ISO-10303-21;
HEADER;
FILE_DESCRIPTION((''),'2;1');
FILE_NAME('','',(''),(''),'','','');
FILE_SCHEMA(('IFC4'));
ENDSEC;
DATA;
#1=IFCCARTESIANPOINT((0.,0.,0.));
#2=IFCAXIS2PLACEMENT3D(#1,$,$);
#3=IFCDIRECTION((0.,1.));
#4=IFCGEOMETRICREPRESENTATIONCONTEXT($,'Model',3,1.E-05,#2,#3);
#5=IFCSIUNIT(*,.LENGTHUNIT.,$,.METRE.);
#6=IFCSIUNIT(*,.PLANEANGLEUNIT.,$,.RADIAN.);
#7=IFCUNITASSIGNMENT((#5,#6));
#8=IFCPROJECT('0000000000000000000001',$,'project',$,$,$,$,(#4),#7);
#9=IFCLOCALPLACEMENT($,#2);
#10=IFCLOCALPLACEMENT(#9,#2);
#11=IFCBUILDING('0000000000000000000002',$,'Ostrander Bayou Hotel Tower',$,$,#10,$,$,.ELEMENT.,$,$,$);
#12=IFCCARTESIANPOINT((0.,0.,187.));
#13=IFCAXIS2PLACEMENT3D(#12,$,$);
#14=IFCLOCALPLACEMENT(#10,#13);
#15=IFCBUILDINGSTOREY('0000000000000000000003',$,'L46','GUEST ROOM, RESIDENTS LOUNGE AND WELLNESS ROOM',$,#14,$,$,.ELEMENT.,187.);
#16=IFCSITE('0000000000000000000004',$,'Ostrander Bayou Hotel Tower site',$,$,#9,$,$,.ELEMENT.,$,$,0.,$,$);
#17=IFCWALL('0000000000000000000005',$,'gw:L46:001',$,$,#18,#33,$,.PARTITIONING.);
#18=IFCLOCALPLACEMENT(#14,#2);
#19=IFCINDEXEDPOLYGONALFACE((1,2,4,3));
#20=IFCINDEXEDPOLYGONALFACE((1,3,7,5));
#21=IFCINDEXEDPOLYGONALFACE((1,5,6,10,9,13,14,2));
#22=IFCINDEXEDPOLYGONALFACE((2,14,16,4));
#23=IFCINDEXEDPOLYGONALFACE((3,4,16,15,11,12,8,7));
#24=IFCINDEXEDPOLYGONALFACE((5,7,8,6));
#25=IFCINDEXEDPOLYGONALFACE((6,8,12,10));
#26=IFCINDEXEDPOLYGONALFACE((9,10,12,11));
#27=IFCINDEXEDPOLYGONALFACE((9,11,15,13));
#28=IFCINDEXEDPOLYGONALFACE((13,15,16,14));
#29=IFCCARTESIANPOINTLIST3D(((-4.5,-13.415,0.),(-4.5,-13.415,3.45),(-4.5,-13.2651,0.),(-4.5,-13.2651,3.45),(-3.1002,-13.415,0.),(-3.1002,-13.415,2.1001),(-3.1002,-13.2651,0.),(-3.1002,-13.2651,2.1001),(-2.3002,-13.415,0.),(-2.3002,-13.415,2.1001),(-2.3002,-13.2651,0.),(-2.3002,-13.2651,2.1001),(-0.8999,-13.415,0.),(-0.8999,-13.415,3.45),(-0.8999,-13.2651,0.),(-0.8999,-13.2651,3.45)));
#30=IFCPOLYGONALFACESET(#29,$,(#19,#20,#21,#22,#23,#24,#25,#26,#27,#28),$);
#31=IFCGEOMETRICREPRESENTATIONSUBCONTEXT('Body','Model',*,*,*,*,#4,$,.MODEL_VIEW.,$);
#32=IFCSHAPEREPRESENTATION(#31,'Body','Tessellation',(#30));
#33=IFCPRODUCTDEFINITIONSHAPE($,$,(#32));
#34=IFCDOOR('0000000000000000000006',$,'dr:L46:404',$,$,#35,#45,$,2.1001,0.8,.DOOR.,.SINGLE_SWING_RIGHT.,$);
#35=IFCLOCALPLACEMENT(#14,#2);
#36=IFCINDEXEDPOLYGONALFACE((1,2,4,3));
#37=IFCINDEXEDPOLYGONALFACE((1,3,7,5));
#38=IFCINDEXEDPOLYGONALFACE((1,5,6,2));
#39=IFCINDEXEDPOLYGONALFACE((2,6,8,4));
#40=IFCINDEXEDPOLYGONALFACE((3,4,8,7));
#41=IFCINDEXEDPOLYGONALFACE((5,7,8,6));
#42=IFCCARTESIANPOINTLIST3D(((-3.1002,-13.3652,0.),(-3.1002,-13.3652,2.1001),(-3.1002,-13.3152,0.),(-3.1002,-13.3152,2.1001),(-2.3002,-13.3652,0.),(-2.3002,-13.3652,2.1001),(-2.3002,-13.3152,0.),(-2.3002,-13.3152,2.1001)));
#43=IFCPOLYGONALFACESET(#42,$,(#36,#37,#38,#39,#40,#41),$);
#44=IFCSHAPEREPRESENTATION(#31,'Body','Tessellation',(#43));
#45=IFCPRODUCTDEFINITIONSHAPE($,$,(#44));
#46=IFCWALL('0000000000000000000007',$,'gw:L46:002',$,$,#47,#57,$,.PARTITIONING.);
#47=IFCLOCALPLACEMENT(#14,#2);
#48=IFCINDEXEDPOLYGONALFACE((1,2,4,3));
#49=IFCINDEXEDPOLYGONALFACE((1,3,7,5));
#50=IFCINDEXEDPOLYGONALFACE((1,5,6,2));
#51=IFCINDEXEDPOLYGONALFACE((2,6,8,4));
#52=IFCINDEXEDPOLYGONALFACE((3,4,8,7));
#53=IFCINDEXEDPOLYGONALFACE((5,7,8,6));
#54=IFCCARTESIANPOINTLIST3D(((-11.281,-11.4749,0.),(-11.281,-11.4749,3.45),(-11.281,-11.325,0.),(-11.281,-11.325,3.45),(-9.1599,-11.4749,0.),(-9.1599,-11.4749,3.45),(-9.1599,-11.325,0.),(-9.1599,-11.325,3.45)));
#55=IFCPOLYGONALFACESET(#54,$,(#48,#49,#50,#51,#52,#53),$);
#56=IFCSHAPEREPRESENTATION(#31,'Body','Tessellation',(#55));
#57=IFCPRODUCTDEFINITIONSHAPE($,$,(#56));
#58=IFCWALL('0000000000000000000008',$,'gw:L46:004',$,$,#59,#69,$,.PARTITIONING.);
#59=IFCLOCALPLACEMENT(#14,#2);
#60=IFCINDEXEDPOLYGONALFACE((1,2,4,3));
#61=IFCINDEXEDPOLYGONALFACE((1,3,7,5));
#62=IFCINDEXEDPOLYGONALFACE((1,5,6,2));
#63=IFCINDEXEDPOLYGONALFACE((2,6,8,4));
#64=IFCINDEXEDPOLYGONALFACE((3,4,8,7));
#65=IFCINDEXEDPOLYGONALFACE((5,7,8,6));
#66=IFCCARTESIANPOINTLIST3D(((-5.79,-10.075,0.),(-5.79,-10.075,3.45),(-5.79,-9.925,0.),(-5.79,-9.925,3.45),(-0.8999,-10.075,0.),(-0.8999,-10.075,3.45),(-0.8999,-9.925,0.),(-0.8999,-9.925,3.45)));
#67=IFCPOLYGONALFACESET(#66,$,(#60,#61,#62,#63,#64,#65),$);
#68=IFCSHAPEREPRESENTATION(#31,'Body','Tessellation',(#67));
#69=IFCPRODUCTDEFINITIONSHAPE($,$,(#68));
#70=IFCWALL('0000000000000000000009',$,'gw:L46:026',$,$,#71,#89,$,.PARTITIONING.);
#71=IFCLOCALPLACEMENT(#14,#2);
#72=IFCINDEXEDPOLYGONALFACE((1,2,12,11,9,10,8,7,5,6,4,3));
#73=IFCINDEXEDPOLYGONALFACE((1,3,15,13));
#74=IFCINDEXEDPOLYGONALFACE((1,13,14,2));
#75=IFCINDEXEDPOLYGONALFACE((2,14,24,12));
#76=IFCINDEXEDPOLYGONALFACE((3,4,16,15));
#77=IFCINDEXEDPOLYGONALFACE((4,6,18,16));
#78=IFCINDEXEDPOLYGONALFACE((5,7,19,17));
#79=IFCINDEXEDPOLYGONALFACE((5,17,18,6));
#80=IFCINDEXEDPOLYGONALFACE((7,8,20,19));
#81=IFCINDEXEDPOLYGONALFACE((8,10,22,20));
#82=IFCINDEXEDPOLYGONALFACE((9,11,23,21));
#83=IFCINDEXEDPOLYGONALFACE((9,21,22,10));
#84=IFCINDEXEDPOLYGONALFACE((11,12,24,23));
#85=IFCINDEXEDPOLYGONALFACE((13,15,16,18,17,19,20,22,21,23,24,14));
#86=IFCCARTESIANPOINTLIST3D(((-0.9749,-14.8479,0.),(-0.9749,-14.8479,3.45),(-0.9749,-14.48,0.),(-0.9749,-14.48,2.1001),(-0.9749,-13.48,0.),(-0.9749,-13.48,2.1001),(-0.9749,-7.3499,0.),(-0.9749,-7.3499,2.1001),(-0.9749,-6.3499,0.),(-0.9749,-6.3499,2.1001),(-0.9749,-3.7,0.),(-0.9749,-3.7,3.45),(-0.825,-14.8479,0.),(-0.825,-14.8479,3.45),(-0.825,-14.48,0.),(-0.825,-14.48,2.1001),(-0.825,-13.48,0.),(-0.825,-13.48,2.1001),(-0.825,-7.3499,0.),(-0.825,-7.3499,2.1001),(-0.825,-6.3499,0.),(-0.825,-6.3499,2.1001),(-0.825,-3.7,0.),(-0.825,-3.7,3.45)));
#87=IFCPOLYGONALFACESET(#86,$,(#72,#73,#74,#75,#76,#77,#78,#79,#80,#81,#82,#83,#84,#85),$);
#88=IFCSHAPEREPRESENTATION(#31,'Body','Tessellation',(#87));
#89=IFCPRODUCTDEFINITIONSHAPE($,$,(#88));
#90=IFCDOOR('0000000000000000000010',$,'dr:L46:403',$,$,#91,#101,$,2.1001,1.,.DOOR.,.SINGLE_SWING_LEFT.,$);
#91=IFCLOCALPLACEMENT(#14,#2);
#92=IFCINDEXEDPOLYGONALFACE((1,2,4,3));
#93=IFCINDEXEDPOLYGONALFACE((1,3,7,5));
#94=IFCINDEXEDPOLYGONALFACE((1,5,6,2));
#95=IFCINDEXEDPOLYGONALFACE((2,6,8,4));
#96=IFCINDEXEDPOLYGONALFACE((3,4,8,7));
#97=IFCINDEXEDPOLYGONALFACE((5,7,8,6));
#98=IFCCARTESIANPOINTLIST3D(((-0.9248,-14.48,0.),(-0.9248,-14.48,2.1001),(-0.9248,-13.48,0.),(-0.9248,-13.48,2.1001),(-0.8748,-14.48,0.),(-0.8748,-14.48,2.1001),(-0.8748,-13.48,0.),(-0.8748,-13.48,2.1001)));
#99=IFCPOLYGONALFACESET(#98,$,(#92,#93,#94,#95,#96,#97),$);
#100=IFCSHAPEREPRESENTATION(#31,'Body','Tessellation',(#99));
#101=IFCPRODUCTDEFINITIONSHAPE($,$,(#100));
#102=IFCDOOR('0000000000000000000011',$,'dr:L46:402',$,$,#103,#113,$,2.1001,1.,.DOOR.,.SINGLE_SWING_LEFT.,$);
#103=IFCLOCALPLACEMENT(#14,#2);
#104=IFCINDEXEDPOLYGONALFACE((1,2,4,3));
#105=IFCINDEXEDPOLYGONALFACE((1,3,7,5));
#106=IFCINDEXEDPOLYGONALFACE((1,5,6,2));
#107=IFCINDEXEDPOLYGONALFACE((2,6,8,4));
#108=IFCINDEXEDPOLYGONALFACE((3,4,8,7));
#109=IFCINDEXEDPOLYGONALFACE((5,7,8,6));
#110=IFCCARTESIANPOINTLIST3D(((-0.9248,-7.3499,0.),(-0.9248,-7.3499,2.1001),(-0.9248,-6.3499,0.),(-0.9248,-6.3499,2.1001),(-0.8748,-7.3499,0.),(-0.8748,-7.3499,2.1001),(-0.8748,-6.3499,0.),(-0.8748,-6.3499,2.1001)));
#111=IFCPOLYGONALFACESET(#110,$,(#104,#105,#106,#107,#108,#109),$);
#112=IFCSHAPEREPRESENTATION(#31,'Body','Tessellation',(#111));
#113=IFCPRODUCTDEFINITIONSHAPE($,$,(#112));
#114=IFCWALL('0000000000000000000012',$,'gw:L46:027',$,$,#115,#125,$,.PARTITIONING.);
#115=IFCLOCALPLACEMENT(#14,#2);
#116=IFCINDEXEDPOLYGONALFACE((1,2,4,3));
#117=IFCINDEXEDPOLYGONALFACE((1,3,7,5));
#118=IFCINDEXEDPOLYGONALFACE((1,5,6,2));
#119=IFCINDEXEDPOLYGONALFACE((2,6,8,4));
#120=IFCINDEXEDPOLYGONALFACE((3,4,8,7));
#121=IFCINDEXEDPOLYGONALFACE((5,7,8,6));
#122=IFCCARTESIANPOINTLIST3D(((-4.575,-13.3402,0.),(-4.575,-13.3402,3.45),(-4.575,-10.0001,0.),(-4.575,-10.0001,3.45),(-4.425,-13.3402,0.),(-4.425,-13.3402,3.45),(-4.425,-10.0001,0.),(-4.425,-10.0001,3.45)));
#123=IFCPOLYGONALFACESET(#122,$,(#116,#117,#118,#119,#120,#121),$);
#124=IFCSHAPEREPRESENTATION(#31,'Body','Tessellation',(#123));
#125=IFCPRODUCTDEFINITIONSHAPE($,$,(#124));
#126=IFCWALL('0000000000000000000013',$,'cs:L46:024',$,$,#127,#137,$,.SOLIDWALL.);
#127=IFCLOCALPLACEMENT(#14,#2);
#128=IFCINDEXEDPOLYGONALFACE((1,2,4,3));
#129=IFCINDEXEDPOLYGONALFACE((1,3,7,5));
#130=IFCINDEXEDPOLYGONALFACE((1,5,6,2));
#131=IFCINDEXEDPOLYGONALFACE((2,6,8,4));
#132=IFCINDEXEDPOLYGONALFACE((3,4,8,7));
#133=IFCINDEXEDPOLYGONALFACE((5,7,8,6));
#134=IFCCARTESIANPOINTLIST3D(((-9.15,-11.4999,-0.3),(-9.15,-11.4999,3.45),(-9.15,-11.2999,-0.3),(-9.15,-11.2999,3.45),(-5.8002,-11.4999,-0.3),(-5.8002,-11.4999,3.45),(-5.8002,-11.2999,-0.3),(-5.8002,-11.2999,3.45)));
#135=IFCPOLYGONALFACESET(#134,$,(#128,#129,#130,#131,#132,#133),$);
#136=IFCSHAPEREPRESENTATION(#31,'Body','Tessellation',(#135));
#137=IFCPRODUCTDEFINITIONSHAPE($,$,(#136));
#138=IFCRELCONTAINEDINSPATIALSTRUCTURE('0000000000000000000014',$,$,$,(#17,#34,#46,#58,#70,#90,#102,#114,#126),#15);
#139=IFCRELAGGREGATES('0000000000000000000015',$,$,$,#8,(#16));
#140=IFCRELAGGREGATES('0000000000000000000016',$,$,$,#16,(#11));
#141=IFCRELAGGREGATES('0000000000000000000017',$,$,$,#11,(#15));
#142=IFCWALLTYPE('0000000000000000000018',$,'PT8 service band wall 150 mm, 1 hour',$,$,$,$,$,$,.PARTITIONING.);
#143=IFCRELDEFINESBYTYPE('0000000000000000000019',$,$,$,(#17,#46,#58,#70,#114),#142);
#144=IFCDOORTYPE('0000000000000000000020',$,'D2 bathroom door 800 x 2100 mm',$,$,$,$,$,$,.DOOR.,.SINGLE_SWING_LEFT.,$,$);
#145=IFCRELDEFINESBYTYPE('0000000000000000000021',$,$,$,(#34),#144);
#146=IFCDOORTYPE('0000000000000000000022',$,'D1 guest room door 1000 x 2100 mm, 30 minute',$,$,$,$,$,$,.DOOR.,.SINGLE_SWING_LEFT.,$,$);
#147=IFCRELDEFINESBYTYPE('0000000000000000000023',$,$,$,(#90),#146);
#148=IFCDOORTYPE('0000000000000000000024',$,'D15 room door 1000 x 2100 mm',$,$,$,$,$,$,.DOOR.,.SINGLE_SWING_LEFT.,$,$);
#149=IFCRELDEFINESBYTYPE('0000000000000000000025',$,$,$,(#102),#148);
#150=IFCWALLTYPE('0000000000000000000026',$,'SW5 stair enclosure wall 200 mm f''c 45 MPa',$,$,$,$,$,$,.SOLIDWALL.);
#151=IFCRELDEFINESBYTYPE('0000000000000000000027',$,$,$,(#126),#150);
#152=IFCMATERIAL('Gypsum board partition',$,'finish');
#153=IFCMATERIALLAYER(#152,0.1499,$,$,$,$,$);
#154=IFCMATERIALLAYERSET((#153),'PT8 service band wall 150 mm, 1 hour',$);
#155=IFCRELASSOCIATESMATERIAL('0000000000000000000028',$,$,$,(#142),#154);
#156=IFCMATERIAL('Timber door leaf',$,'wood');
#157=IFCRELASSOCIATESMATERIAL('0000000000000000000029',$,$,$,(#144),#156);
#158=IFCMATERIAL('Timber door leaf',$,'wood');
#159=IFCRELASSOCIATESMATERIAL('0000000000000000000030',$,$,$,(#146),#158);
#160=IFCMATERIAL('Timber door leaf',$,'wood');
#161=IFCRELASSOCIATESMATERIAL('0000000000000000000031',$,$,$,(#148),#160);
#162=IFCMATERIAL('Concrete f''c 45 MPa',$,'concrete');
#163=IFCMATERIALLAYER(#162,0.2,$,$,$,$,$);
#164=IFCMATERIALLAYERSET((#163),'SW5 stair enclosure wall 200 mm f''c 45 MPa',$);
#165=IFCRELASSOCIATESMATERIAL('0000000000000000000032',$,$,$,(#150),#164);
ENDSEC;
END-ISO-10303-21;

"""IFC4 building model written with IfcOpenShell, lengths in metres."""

from ifc_helpers import new_model, si_unit, direction, frame, frame_2d, origin, place, context, subcontext, project, spatial, rectangle, extrude, material, layer, layer_set, type_object, element, fill, save


model = new_model("IFC4")

# Units and contexts
model_context = context("Model", 3, precision=1e-05, world=origin(), true_north=direction((0.0, 1.0)))
body_context = subcontext(model_context, "Body", "Model", "MODEL_VIEW")
ifc_project = project(units=[si_unit("LENGTHUNIT", "METRE"), si_unit("PLANEANGLEUNIT", "RADIAN")], contexts=[model_context])

# Site, building, storey
site_placement = place(None, origin())
site = spatial("IfcSite", under=ifc_project, at=site_placement, Name="Ostrander Bayou Hotel Tower site", CompositionType="ELEMENT", RefElevation=0.0)
building_placement = place(site_placement, origin())
building = spatial("IfcBuilding", under=site, at=building_placement, Name="Ostrander Bayou Hotel Tower", CompositionType="ELEMENT")
storey_placement = place(building_placement, frame((0.0, 0.0, 187.0)))
storey = spatial("IfcBuildingStorey", under=building, at=storey_placement, Name="L46", Description="GUEST ROOM, RESIDENTS LOUNGE AND WELLNESS ROOM", CompositionType="ELEMENT", Elevation=187.0)

# Wall, opening, door
ifc_material_1 = material(Name="Gypsum board partition", Category="finish")
ifc_layer_1 = layer(ifc_material_1, 0.1499)
ifc_layer_set_1 = layer_set([ifc_layer_1], Name="PT8 service band wall 150 mm, 1 hour")
wall_type_1 = type_object("IfcWallType", Name="PT8 service band wall 150 mm, 1 hour", PredefinedType="PARTITIONING", material=ifc_layer_set_1)
wall_1_placement = place(storey_placement, frame((-4.5, -13.3401, 0.0), z_axis=(0.0, 0.0, 1.0), x_axis=(1.0, 0.0, 0.0)))
wall_1 = element("IfcWall", 1, at=wall_1_placement, inside=storey, type_object=wall_type_1, Name="gw:L46:001", PredefinedType="PARTITIONING", context=body_context, shape_type="SweptSolid", body=[
    extrude(rectangle(XDim=3.6001, YDim=0.1499, at=frame_2d((1.8, 0.0))), origin(), (0.0, 0.0, 1.0), 3.45),
])
opening_1_placement = place(wall_1_placement, frame((1.3999, 0.0, 0.0)))
opening_1 = element("IfcOpeningElement", 2, at=opening_1_placement, cuts=wall_1, PredefinedType="OPENING", context=body_context, shape_type="SweptSolid", body=[
    extrude(rectangle(XDim=0.8, YDim=2.1001, at=frame_2d((0.3999, 1.05))), frame((0.0, 0.075, 0.0), z_axis=(0.0, -1.0, 0.0), x_axis=(1.0, 0.0, 0.0)), (0.0, 0.0, 1.0), 0.1499),
])
ifc_material_2 = material(Name="Timber door leaf", Category="wood")
door_type_1 = type_object("IfcDoorType", Name="D2 bathroom door 800 x 2100 mm", OperationType="SINGLE_SWING_LEFT", PredefinedType="DOOR", material=ifc_material_2)
door_1_placement = place(opening_1_placement, origin())
door_1 = element("IfcDoor", 3, at=door_1_placement, inside=storey, type_object=door_type_1, Name="dr:L46:404", OperationType="SINGLE_SWING_RIGHT", OverallHeight=2.1001, OverallWidth=0.8, PredefinedType="DOOR", context=body_context, shape_type="SweptSolid", body=[
    extrude(rectangle(XDim=0.8, YDim=2.1001, at=frame_2d((0.3999, 1.05))), frame((0.0, 0.0249, 0.0), z_axis=(0.0, -1.0, 0.0), x_axis=(1.0, 0.0, 0.0)), (0.0, 0.0, 1.0), 0.05),
])
fill(opening_1, door_1)

# Walls
wall_2_placement = place(storey_placement, frame((-11.281, -11.3999, 0.0), z_axis=(0.0, 0.0, 1.0), x_axis=(1.0, 0.0, 0.0)))
element("IfcWall", 4, at=wall_2_placement, inside=storey, type_object=wall_type_1, Name="gw:L46:002", PredefinedType="PARTITIONING", context=body_context, shape_type="SweptSolid", body=[
    extrude(rectangle(XDim=2.1211, YDim=0.1499, at=frame_2d((1.0605, 0.0))), origin(), (0.0, 0.0, 1.0), 3.45),
])
wall_3_placement = place(storey_placement, frame((-5.79, -10.0, 0.0), z_axis=(0.0, 0.0, 1.0), x_axis=(1.0, 0.0, 0.0)))
element("IfcWall", 5, at=wall_3_placement, inside=storey, type_object=wall_type_1, Name="gw:L46:004", PredefinedType="PARTITIONING", context=body_context, shape_type="SweptSolid", body=[
    extrude(rectangle(XDim=4.8901, YDim=0.1499, at=frame_2d((2.4451, 0.0))), origin(), (0.0, 0.0, 1.0), 3.45),
])

# Wall, openings, doors
wall_4_placement = place(storey_placement, frame((-0.8999, -14.8479, 0.0), z_axis=(0.0, 0.0, 1.0), x_axis=(0.0, 1.0, 0.0)))
wall_4 = element("IfcWall", 6, at=wall_4_placement, inside=storey, type_object=wall_type_1, Name="gw:L46:026", PredefinedType="PARTITIONING", context=body_context, shape_type="SweptSolid", body=[
    extrude(rectangle(XDim=11.1479, YDim=0.1499, at=frame_2d((5.574, 0.0))), origin(), (0.0, 0.0, 1.0), 3.45),
])
opening_2_placement = place(wall_4_placement, frame((7.498, 0.0, 0.0)))
opening_2 = element("IfcOpeningElement", 7, at=opening_2_placement, cuts=wall_4, PredefinedType="OPENING", context=body_context, shape_type="SweptSolid", body=[
    extrude(rectangle(XDim=1.0, YDim=2.1001, at=frame_2d((0.5, 1.05))), frame((0.0, 0.075, 0.0), z_axis=(0.0, -1.0, 0.0), x_axis=(1.0, 0.0, 0.0)), (0.0, 0.0, 1.0), 0.1499),
])
opening_3_placement = place(wall_4_placement, frame((0.3679, 0.0, 0.0)))
opening_3 = element("IfcOpeningElement", 8, at=opening_3_placement, cuts=wall_4, PredefinedType="OPENING", context=body_context, shape_type="SweptSolid", body=[
    extrude(rectangle(XDim=1.0, YDim=2.1001, at=frame_2d((0.5, 1.05))), frame((0.0, 0.075, 0.0), z_axis=(0.0, -1.0, 0.0), x_axis=(1.0, 0.0, 0.0)), (0.0, 0.0, 1.0), 0.1499),
])
ifc_material_3 = material(Name="Timber door leaf", Category="wood")
door_type_2 = type_object("IfcDoorType", Name="D1 guest room door 1000 x 2100 mm, 30 minute", OperationType="SINGLE_SWING_LEFT", PredefinedType="DOOR", material=ifc_material_3)
door_2_placement = place(opening_3_placement, origin())
door_2 = element("IfcDoor", 9, at=door_2_placement, inside=storey, type_object=door_type_2, Name="dr:L46:403", OperationType="SINGLE_SWING_LEFT", OverallHeight=2.1001, OverallWidth=1.0, PredefinedType="DOOR", context=body_context, shape_type="SweptSolid", body=[
    extrude(rectangle(XDim=1.0, YDim=2.1001, at=frame_2d((0.5, 1.05))), frame((0.0, 0.0249, 0.0), z_axis=(0.0, -1.0, 0.0), x_axis=(1.0, 0.0, 0.0)), (0.0, 0.0, 1.0), 0.05),
])
fill(opening_3, door_2)
ifc_material_4 = material(Name="Timber door leaf", Category="wood")
door_type_3 = type_object("IfcDoorType", Name="D15 room door 1000 x 2100 mm", OperationType="SINGLE_SWING_LEFT", PredefinedType="DOOR", material=ifc_material_4)
door_3_placement = place(opening_2_placement, origin())
door_3 = element("IfcDoor", 10, at=door_3_placement, inside=storey, type_object=door_type_3, Name="dr:L46:402", OperationType="SINGLE_SWING_LEFT", OverallHeight=2.1001, OverallWidth=1.0, PredefinedType="DOOR", context=body_context, shape_type="SweptSolid", body=[
    extrude(rectangle(XDim=1.0, YDim=2.1001, at=frame_2d((0.5, 1.05))), frame((0.0, 0.0249, 0.0), z_axis=(0.0, -1.0, 0.0), x_axis=(1.0, 0.0, 0.0)), (0.0, 0.0, 1.0), 0.05),
])
fill(opening_2, door_3)

# Walls
wall_5_placement = place(storey_placement, frame((-4.5, -13.3401, 0.0), z_axis=(0.0, 0.0, 1.0), x_axis=(0.0, 1.0, 0.0)))
element("IfcWall", 11, at=wall_5_placement, inside=storey, type_object=wall_type_1, Name="gw:L46:027", PredefinedType="PARTITIONING", context=body_context, shape_type="SweptSolid", body=[
    extrude(rectangle(XDim=3.3401, YDim=0.1499, at=frame_2d((1.6699, 0.0))), origin(), (0.0, 0.0, 1.0), 3.45),
])
ifc_material_5 = material(Name="Concrete f'c 45 MPa", Category="concrete")
ifc_layer_2 = layer(ifc_material_5, 0.2)
ifc_layer_set_2 = layer_set([ifc_layer_2], Name="SW5 stair enclosure wall 200 mm f'c 45 MPa")
wall_type_2 = type_object("IfcWallType", Name="SW5 stair enclosure wall 200 mm f'c 45 MPa", PredefinedType="SOLIDWALL", material=ifc_layer_set_2)
wall_6_placement = place(storey_placement, frame((-9.1499, -11.3999, -0.3), z_axis=(0.0, 0.0, 1.0), x_axis=(1.0, 0.0, 0.0)))
element("IfcWall", 12, at=wall_6_placement, inside=storey, type_object=wall_type_2, Name="cs:L46:024", PredefinedType="SOLIDWALL", context=body_context, shape_type="SweptSolid", body=[
    extrude(rectangle(XDim=3.3499, YDim=0.2, at=frame_2d((1.6748, 0.0))), origin(), (0.0, 0.0, 1.0), 3.75),
])

save(model, "model.ifc")
